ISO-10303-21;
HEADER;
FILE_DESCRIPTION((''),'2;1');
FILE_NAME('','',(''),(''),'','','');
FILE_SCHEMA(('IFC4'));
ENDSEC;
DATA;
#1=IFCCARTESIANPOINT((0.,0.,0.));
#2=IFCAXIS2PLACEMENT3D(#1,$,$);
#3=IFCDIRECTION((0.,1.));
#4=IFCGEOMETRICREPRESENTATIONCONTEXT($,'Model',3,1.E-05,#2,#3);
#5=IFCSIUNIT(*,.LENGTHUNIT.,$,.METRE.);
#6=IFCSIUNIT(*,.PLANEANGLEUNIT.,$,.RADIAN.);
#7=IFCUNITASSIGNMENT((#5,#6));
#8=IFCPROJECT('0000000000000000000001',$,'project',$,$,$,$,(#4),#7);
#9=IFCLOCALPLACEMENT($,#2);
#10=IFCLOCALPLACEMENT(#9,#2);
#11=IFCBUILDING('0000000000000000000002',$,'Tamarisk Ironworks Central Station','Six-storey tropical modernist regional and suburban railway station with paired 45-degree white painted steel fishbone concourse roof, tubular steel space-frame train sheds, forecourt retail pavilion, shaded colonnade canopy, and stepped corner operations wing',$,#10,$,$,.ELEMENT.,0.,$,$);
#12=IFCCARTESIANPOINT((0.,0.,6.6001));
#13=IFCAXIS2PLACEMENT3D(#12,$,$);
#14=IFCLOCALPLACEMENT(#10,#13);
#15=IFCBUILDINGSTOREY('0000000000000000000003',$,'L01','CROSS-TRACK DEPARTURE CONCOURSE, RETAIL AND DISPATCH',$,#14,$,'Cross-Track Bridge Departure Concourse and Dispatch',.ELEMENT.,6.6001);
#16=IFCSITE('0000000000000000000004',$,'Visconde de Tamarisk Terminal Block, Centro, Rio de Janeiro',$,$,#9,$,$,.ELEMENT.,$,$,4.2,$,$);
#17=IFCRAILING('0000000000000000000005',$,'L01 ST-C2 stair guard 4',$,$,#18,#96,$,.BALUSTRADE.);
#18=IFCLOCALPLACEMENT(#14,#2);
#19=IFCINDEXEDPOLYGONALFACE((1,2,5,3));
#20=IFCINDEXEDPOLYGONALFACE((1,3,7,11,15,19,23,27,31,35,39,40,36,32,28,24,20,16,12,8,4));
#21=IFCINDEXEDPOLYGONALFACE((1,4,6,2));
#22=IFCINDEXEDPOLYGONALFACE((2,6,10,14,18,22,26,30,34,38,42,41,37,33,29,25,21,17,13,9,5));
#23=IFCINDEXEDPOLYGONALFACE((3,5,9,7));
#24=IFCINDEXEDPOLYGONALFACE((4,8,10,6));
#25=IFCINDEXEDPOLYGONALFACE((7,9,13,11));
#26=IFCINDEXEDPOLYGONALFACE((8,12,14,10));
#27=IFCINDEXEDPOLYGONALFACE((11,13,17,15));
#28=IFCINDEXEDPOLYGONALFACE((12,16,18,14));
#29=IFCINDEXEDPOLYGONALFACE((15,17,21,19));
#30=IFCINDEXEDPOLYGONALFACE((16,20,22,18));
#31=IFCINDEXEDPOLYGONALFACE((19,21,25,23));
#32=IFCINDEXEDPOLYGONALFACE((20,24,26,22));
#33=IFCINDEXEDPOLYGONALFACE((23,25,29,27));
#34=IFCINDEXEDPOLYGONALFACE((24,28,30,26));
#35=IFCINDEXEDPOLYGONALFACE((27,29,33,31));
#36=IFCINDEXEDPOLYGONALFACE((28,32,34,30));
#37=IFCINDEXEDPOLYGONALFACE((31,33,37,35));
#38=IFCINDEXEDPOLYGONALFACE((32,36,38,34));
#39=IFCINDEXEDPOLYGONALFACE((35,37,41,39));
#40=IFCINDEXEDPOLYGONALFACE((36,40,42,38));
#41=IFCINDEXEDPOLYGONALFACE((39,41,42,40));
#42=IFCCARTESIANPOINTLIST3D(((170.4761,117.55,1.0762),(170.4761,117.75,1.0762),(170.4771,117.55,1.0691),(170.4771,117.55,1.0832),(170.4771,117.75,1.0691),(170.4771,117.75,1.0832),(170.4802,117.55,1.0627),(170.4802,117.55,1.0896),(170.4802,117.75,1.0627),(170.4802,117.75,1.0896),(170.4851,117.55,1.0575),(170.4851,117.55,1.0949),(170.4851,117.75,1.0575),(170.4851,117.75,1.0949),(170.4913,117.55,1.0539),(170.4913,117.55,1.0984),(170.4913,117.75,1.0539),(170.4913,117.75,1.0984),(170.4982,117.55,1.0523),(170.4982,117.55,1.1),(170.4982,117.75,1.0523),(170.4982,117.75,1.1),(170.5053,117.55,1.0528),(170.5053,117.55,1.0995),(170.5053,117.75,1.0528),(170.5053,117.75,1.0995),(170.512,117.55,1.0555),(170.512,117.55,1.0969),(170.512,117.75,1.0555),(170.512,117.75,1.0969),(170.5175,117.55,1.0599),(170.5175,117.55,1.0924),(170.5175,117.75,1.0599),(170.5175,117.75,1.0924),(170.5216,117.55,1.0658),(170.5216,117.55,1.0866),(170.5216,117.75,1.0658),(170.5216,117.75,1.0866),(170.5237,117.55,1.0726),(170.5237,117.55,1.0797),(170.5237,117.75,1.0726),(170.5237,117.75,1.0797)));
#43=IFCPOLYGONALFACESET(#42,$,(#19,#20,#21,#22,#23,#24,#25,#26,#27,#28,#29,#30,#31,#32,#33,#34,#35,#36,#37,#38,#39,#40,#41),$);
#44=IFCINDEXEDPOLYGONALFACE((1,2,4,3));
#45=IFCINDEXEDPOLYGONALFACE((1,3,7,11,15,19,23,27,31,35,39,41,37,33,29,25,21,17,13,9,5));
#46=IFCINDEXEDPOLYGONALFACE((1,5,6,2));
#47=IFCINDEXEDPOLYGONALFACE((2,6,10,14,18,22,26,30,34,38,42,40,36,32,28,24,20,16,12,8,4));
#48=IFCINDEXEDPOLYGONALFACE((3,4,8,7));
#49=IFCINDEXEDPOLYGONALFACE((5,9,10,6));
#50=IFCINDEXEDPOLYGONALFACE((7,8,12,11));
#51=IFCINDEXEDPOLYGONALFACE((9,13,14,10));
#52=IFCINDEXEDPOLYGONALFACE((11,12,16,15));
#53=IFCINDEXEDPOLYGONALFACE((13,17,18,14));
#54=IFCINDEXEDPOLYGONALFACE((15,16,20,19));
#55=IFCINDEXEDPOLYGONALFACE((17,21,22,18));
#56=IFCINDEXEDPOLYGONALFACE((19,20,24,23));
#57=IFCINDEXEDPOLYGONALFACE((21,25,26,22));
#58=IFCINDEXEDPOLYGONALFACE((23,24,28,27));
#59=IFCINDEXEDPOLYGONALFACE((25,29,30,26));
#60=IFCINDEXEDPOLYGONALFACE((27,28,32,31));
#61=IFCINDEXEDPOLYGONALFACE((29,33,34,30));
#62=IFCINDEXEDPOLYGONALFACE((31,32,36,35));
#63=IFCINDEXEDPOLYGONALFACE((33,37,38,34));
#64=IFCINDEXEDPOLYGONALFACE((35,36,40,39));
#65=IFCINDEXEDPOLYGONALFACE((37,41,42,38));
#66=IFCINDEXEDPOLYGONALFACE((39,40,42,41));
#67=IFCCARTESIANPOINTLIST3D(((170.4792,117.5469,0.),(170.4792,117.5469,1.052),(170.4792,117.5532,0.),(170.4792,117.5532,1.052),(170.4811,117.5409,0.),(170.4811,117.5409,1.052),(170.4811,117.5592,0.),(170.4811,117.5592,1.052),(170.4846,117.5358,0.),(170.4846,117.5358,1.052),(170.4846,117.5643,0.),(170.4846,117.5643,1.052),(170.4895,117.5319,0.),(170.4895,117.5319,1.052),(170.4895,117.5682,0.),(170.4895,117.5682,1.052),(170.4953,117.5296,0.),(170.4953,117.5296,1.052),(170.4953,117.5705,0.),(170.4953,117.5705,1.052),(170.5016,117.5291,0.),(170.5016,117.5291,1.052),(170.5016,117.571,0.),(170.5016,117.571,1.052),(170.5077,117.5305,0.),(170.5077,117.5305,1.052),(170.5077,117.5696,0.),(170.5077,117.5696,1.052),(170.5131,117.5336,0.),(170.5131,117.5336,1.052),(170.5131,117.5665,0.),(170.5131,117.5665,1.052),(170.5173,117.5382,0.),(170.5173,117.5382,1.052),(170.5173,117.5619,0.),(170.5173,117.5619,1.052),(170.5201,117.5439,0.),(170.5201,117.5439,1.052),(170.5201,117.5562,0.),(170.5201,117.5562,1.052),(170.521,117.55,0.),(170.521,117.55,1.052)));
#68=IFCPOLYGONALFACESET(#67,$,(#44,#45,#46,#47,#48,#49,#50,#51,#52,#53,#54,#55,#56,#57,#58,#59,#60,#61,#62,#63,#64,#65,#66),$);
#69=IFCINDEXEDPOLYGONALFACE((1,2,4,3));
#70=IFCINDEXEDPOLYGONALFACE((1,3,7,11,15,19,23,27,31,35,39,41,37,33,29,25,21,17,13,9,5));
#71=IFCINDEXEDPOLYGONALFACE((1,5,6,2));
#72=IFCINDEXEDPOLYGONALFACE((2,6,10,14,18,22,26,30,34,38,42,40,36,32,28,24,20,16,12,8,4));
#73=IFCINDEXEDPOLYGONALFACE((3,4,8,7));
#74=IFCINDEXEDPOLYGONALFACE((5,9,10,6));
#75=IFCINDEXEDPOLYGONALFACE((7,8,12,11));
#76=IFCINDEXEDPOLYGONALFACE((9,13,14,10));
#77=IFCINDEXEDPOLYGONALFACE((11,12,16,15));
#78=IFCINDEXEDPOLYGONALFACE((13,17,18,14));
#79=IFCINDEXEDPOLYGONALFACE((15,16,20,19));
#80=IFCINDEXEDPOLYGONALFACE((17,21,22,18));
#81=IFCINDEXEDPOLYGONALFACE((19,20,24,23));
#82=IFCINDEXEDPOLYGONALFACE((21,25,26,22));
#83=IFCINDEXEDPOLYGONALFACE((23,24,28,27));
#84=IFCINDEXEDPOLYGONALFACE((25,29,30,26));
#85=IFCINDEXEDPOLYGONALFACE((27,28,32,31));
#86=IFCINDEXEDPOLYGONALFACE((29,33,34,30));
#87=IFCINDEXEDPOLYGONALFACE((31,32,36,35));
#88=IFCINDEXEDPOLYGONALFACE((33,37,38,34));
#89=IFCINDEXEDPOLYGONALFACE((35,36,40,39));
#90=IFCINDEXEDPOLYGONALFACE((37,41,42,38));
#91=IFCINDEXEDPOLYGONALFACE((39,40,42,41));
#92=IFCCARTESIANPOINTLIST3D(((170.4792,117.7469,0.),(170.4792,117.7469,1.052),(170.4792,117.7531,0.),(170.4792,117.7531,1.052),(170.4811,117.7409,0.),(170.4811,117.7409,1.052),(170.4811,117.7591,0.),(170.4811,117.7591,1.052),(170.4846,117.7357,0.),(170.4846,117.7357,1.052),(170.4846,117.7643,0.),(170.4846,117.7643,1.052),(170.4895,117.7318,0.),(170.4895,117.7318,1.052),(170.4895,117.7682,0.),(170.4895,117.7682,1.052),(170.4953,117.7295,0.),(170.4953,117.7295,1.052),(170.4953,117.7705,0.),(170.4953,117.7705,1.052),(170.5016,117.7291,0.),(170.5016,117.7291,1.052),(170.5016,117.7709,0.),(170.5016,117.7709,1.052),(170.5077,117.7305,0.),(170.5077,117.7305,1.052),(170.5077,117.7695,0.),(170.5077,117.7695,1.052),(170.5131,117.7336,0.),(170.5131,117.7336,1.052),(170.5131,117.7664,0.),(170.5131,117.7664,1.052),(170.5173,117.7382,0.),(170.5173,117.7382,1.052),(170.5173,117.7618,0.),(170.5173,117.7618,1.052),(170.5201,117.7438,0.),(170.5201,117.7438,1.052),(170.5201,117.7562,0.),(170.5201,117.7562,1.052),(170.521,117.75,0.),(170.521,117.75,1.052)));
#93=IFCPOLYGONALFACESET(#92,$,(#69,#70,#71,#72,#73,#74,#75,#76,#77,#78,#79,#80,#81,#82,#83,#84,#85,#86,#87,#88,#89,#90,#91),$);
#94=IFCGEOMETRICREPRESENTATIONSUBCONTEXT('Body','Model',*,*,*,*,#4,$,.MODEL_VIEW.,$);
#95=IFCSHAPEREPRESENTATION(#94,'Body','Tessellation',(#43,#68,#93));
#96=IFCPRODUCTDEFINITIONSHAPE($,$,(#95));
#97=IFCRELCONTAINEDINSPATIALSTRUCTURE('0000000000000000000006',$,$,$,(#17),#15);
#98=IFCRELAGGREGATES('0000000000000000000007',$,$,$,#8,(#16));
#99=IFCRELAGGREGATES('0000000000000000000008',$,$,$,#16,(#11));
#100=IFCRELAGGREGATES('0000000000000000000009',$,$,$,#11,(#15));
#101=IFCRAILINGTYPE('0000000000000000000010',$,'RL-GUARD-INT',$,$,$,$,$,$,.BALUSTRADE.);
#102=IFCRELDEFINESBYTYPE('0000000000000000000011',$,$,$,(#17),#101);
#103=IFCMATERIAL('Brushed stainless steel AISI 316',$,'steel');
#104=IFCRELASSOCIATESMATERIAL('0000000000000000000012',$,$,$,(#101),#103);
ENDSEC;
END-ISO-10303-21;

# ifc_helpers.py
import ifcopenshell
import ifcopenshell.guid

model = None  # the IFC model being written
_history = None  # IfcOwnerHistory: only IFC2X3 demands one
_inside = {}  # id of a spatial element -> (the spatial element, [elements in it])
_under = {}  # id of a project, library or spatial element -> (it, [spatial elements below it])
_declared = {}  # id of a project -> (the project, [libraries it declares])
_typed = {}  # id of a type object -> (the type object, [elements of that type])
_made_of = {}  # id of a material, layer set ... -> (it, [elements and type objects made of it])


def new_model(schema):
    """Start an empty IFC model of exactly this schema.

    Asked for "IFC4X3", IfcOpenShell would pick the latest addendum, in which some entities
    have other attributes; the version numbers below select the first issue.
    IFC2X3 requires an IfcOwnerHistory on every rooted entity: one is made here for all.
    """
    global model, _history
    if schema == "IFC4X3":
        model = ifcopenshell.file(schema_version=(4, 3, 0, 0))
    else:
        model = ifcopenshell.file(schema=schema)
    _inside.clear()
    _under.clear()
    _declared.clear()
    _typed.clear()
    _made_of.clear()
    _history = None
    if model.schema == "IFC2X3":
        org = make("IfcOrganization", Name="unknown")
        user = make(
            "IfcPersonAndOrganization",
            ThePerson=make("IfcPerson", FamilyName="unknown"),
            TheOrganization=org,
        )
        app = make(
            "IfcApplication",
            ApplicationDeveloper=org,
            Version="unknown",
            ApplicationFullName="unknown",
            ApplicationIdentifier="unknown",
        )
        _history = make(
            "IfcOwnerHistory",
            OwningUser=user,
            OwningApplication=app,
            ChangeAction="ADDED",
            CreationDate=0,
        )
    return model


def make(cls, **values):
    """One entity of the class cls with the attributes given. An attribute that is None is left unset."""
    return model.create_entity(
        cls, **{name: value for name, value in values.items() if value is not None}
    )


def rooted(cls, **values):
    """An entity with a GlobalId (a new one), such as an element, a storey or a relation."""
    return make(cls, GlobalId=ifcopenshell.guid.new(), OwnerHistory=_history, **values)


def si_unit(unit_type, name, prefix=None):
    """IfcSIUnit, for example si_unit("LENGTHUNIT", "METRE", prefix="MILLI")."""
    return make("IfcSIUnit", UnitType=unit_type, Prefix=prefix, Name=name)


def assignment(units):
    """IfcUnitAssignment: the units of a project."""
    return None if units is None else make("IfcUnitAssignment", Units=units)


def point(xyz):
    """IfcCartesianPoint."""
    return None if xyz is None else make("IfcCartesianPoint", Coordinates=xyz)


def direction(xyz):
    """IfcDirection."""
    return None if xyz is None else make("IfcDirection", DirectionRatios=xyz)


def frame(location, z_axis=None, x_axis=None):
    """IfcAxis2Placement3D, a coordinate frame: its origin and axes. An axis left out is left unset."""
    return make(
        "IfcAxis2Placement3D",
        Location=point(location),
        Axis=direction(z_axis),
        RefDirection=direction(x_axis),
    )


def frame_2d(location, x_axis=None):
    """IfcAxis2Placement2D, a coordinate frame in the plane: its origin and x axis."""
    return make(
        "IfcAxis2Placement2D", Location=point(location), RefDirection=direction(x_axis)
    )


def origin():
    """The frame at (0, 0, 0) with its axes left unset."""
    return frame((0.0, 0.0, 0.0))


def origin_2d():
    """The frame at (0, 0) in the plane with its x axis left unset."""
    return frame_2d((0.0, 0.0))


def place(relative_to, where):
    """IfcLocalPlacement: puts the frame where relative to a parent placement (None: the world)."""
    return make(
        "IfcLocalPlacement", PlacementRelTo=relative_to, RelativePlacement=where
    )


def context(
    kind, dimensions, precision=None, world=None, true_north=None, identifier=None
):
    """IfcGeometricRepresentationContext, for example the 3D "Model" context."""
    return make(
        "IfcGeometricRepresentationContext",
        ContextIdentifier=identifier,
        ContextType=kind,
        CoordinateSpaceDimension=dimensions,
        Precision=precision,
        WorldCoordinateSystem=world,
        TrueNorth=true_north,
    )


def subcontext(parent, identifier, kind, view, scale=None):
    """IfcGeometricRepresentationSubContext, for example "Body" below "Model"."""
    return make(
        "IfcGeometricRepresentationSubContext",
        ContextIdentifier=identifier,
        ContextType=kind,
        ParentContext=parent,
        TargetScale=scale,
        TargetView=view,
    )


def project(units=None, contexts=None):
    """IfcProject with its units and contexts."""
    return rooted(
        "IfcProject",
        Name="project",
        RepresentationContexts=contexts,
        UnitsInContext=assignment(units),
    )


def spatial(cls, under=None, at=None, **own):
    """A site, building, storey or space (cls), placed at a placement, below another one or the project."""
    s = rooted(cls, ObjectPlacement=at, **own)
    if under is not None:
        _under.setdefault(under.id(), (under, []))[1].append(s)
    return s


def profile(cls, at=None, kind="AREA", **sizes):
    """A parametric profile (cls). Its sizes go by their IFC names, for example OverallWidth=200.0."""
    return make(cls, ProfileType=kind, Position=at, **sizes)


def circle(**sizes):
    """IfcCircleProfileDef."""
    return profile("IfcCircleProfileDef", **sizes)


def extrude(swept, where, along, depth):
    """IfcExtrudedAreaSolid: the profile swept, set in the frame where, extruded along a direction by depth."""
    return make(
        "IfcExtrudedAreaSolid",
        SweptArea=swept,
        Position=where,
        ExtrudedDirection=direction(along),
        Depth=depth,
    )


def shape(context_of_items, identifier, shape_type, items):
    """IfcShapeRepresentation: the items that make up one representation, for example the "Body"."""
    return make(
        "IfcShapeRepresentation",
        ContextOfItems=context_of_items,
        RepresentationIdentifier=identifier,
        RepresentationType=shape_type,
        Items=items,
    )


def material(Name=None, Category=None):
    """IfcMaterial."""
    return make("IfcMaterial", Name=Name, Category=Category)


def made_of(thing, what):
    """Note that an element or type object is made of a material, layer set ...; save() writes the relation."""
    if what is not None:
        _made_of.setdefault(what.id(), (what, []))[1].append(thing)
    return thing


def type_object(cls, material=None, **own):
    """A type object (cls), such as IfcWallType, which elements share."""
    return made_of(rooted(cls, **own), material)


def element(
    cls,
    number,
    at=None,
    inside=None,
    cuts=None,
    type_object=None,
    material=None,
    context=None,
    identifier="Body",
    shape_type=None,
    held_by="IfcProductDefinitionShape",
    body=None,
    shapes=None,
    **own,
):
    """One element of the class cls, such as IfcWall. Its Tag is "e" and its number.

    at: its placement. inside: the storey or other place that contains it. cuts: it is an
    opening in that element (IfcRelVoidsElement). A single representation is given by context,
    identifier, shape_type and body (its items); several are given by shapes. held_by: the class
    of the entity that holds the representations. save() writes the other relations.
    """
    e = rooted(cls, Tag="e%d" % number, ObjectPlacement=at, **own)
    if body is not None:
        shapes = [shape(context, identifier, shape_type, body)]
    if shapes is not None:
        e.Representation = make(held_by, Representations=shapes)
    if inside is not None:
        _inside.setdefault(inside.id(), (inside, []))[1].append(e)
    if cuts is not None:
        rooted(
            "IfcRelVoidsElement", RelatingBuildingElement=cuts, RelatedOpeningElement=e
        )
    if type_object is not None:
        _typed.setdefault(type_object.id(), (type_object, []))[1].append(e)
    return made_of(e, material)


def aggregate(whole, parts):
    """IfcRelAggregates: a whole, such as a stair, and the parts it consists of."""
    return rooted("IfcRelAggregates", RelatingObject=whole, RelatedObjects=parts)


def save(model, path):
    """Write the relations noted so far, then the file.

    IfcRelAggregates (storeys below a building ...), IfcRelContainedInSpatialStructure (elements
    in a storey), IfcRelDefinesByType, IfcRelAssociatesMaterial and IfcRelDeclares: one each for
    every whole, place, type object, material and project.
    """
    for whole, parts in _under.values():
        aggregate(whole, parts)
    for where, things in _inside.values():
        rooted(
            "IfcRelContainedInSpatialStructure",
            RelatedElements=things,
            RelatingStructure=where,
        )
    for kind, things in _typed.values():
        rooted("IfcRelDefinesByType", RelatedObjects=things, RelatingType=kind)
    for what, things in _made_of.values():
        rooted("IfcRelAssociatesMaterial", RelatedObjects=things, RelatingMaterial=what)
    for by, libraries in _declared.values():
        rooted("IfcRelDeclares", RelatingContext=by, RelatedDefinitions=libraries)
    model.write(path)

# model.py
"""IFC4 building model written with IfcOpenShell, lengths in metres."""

from ifc_helpers import new_model, si_unit, direction, frame, origin, origin_2d, place, context, subcontext, project, spatial, circle, extrude, material, type_object, element, save


model = new_model("IFC4")

# Units and contexts
model_context = context("Model", 3, precision=1e-05, world=origin(), true_north=direction((0.0, 1.0)))
body_context = subcontext(model_context, "Body", "Model", "MODEL_VIEW")
ifc_project = project(units=[si_unit("LENGTHUNIT", "METRE"), si_unit("PLANEANGLEUNIT", "RADIAN")], contexts=[model_context])

# Site, building, storey
site_placement = place(None, origin())
site = spatial("IfcSite", under=ifc_project, at=site_placement, Name="Visconde de Tamarisk Terminal Block, Centro, Rio de Janeiro", CompositionType="ELEMENT", RefElevation=4.2)
building_placement = place(site_placement, origin())
building = spatial("IfcBuilding", under=site, at=building_placement, Name="Tamarisk Ironworks Central Station", Description="Six-storey tropical modernist regional and suburban railway station with paired 45-degree white painted steel fishbone concourse roof, tubular steel space-frame train sheds, forecourt retail pavilion, shaded colonnade canopy, and stepped corner operations wing", CompositionType="ELEMENT", ElevationOfRefHeight=0.0)
storey_placement = place(building_placement, frame((0.0, 0.0, 6.6001)))
storey = spatial("IfcBuildingStorey", under=building, at=storey_placement, Name="L01", Description="CROSS-TRACK DEPARTURE CONCOURSE, RETAIL AND DISPATCH", LongName="Cross-Track Bridge Departure Concourse and Dispatch", CompositionType="ELEMENT", Elevation=6.6001)

# Railing
ifc_material_1 = material(Name="Brushed stainless steel AISI 316", Category="steel")
railing_type_1 = type_object("IfcRailingType", Name="RL-GUARD-INT", PredefinedType="BALUSTRADE", material=ifc_material_1)
railing_1_placement = place(storey_placement, frame((170.5, 117.55, 0.0)))
element("IfcRailing", 1, at=railing_1_placement, inside=storey, type_object=railing_type_1, Name="L01 ST-C2 stair guard 4", PredefinedType="BALUSTRADE", context=body_context, shape_type="SweptSolid", body=[
    extrude(circle(Radius=0.0239, at=origin_2d()), frame((0.0, 0.0, 1.0762), z_axis=(0.0, 1.0, 0.0), x_axis=(-1.0, 0.0, 0.0)), (0.0, 0.0, 1.0), 0.2),
    extrude(circle(Radius=0.021, at=origin_2d()), origin(), (0.0, 0.0, 1.0), 1.052),
    extrude(circle(Radius=0.021, at=origin_2d()), frame((0.0, 0.2, 0.0)), (0.0, 0.0, 1.0), 1.052),
])

save(model, "model.ifc")
